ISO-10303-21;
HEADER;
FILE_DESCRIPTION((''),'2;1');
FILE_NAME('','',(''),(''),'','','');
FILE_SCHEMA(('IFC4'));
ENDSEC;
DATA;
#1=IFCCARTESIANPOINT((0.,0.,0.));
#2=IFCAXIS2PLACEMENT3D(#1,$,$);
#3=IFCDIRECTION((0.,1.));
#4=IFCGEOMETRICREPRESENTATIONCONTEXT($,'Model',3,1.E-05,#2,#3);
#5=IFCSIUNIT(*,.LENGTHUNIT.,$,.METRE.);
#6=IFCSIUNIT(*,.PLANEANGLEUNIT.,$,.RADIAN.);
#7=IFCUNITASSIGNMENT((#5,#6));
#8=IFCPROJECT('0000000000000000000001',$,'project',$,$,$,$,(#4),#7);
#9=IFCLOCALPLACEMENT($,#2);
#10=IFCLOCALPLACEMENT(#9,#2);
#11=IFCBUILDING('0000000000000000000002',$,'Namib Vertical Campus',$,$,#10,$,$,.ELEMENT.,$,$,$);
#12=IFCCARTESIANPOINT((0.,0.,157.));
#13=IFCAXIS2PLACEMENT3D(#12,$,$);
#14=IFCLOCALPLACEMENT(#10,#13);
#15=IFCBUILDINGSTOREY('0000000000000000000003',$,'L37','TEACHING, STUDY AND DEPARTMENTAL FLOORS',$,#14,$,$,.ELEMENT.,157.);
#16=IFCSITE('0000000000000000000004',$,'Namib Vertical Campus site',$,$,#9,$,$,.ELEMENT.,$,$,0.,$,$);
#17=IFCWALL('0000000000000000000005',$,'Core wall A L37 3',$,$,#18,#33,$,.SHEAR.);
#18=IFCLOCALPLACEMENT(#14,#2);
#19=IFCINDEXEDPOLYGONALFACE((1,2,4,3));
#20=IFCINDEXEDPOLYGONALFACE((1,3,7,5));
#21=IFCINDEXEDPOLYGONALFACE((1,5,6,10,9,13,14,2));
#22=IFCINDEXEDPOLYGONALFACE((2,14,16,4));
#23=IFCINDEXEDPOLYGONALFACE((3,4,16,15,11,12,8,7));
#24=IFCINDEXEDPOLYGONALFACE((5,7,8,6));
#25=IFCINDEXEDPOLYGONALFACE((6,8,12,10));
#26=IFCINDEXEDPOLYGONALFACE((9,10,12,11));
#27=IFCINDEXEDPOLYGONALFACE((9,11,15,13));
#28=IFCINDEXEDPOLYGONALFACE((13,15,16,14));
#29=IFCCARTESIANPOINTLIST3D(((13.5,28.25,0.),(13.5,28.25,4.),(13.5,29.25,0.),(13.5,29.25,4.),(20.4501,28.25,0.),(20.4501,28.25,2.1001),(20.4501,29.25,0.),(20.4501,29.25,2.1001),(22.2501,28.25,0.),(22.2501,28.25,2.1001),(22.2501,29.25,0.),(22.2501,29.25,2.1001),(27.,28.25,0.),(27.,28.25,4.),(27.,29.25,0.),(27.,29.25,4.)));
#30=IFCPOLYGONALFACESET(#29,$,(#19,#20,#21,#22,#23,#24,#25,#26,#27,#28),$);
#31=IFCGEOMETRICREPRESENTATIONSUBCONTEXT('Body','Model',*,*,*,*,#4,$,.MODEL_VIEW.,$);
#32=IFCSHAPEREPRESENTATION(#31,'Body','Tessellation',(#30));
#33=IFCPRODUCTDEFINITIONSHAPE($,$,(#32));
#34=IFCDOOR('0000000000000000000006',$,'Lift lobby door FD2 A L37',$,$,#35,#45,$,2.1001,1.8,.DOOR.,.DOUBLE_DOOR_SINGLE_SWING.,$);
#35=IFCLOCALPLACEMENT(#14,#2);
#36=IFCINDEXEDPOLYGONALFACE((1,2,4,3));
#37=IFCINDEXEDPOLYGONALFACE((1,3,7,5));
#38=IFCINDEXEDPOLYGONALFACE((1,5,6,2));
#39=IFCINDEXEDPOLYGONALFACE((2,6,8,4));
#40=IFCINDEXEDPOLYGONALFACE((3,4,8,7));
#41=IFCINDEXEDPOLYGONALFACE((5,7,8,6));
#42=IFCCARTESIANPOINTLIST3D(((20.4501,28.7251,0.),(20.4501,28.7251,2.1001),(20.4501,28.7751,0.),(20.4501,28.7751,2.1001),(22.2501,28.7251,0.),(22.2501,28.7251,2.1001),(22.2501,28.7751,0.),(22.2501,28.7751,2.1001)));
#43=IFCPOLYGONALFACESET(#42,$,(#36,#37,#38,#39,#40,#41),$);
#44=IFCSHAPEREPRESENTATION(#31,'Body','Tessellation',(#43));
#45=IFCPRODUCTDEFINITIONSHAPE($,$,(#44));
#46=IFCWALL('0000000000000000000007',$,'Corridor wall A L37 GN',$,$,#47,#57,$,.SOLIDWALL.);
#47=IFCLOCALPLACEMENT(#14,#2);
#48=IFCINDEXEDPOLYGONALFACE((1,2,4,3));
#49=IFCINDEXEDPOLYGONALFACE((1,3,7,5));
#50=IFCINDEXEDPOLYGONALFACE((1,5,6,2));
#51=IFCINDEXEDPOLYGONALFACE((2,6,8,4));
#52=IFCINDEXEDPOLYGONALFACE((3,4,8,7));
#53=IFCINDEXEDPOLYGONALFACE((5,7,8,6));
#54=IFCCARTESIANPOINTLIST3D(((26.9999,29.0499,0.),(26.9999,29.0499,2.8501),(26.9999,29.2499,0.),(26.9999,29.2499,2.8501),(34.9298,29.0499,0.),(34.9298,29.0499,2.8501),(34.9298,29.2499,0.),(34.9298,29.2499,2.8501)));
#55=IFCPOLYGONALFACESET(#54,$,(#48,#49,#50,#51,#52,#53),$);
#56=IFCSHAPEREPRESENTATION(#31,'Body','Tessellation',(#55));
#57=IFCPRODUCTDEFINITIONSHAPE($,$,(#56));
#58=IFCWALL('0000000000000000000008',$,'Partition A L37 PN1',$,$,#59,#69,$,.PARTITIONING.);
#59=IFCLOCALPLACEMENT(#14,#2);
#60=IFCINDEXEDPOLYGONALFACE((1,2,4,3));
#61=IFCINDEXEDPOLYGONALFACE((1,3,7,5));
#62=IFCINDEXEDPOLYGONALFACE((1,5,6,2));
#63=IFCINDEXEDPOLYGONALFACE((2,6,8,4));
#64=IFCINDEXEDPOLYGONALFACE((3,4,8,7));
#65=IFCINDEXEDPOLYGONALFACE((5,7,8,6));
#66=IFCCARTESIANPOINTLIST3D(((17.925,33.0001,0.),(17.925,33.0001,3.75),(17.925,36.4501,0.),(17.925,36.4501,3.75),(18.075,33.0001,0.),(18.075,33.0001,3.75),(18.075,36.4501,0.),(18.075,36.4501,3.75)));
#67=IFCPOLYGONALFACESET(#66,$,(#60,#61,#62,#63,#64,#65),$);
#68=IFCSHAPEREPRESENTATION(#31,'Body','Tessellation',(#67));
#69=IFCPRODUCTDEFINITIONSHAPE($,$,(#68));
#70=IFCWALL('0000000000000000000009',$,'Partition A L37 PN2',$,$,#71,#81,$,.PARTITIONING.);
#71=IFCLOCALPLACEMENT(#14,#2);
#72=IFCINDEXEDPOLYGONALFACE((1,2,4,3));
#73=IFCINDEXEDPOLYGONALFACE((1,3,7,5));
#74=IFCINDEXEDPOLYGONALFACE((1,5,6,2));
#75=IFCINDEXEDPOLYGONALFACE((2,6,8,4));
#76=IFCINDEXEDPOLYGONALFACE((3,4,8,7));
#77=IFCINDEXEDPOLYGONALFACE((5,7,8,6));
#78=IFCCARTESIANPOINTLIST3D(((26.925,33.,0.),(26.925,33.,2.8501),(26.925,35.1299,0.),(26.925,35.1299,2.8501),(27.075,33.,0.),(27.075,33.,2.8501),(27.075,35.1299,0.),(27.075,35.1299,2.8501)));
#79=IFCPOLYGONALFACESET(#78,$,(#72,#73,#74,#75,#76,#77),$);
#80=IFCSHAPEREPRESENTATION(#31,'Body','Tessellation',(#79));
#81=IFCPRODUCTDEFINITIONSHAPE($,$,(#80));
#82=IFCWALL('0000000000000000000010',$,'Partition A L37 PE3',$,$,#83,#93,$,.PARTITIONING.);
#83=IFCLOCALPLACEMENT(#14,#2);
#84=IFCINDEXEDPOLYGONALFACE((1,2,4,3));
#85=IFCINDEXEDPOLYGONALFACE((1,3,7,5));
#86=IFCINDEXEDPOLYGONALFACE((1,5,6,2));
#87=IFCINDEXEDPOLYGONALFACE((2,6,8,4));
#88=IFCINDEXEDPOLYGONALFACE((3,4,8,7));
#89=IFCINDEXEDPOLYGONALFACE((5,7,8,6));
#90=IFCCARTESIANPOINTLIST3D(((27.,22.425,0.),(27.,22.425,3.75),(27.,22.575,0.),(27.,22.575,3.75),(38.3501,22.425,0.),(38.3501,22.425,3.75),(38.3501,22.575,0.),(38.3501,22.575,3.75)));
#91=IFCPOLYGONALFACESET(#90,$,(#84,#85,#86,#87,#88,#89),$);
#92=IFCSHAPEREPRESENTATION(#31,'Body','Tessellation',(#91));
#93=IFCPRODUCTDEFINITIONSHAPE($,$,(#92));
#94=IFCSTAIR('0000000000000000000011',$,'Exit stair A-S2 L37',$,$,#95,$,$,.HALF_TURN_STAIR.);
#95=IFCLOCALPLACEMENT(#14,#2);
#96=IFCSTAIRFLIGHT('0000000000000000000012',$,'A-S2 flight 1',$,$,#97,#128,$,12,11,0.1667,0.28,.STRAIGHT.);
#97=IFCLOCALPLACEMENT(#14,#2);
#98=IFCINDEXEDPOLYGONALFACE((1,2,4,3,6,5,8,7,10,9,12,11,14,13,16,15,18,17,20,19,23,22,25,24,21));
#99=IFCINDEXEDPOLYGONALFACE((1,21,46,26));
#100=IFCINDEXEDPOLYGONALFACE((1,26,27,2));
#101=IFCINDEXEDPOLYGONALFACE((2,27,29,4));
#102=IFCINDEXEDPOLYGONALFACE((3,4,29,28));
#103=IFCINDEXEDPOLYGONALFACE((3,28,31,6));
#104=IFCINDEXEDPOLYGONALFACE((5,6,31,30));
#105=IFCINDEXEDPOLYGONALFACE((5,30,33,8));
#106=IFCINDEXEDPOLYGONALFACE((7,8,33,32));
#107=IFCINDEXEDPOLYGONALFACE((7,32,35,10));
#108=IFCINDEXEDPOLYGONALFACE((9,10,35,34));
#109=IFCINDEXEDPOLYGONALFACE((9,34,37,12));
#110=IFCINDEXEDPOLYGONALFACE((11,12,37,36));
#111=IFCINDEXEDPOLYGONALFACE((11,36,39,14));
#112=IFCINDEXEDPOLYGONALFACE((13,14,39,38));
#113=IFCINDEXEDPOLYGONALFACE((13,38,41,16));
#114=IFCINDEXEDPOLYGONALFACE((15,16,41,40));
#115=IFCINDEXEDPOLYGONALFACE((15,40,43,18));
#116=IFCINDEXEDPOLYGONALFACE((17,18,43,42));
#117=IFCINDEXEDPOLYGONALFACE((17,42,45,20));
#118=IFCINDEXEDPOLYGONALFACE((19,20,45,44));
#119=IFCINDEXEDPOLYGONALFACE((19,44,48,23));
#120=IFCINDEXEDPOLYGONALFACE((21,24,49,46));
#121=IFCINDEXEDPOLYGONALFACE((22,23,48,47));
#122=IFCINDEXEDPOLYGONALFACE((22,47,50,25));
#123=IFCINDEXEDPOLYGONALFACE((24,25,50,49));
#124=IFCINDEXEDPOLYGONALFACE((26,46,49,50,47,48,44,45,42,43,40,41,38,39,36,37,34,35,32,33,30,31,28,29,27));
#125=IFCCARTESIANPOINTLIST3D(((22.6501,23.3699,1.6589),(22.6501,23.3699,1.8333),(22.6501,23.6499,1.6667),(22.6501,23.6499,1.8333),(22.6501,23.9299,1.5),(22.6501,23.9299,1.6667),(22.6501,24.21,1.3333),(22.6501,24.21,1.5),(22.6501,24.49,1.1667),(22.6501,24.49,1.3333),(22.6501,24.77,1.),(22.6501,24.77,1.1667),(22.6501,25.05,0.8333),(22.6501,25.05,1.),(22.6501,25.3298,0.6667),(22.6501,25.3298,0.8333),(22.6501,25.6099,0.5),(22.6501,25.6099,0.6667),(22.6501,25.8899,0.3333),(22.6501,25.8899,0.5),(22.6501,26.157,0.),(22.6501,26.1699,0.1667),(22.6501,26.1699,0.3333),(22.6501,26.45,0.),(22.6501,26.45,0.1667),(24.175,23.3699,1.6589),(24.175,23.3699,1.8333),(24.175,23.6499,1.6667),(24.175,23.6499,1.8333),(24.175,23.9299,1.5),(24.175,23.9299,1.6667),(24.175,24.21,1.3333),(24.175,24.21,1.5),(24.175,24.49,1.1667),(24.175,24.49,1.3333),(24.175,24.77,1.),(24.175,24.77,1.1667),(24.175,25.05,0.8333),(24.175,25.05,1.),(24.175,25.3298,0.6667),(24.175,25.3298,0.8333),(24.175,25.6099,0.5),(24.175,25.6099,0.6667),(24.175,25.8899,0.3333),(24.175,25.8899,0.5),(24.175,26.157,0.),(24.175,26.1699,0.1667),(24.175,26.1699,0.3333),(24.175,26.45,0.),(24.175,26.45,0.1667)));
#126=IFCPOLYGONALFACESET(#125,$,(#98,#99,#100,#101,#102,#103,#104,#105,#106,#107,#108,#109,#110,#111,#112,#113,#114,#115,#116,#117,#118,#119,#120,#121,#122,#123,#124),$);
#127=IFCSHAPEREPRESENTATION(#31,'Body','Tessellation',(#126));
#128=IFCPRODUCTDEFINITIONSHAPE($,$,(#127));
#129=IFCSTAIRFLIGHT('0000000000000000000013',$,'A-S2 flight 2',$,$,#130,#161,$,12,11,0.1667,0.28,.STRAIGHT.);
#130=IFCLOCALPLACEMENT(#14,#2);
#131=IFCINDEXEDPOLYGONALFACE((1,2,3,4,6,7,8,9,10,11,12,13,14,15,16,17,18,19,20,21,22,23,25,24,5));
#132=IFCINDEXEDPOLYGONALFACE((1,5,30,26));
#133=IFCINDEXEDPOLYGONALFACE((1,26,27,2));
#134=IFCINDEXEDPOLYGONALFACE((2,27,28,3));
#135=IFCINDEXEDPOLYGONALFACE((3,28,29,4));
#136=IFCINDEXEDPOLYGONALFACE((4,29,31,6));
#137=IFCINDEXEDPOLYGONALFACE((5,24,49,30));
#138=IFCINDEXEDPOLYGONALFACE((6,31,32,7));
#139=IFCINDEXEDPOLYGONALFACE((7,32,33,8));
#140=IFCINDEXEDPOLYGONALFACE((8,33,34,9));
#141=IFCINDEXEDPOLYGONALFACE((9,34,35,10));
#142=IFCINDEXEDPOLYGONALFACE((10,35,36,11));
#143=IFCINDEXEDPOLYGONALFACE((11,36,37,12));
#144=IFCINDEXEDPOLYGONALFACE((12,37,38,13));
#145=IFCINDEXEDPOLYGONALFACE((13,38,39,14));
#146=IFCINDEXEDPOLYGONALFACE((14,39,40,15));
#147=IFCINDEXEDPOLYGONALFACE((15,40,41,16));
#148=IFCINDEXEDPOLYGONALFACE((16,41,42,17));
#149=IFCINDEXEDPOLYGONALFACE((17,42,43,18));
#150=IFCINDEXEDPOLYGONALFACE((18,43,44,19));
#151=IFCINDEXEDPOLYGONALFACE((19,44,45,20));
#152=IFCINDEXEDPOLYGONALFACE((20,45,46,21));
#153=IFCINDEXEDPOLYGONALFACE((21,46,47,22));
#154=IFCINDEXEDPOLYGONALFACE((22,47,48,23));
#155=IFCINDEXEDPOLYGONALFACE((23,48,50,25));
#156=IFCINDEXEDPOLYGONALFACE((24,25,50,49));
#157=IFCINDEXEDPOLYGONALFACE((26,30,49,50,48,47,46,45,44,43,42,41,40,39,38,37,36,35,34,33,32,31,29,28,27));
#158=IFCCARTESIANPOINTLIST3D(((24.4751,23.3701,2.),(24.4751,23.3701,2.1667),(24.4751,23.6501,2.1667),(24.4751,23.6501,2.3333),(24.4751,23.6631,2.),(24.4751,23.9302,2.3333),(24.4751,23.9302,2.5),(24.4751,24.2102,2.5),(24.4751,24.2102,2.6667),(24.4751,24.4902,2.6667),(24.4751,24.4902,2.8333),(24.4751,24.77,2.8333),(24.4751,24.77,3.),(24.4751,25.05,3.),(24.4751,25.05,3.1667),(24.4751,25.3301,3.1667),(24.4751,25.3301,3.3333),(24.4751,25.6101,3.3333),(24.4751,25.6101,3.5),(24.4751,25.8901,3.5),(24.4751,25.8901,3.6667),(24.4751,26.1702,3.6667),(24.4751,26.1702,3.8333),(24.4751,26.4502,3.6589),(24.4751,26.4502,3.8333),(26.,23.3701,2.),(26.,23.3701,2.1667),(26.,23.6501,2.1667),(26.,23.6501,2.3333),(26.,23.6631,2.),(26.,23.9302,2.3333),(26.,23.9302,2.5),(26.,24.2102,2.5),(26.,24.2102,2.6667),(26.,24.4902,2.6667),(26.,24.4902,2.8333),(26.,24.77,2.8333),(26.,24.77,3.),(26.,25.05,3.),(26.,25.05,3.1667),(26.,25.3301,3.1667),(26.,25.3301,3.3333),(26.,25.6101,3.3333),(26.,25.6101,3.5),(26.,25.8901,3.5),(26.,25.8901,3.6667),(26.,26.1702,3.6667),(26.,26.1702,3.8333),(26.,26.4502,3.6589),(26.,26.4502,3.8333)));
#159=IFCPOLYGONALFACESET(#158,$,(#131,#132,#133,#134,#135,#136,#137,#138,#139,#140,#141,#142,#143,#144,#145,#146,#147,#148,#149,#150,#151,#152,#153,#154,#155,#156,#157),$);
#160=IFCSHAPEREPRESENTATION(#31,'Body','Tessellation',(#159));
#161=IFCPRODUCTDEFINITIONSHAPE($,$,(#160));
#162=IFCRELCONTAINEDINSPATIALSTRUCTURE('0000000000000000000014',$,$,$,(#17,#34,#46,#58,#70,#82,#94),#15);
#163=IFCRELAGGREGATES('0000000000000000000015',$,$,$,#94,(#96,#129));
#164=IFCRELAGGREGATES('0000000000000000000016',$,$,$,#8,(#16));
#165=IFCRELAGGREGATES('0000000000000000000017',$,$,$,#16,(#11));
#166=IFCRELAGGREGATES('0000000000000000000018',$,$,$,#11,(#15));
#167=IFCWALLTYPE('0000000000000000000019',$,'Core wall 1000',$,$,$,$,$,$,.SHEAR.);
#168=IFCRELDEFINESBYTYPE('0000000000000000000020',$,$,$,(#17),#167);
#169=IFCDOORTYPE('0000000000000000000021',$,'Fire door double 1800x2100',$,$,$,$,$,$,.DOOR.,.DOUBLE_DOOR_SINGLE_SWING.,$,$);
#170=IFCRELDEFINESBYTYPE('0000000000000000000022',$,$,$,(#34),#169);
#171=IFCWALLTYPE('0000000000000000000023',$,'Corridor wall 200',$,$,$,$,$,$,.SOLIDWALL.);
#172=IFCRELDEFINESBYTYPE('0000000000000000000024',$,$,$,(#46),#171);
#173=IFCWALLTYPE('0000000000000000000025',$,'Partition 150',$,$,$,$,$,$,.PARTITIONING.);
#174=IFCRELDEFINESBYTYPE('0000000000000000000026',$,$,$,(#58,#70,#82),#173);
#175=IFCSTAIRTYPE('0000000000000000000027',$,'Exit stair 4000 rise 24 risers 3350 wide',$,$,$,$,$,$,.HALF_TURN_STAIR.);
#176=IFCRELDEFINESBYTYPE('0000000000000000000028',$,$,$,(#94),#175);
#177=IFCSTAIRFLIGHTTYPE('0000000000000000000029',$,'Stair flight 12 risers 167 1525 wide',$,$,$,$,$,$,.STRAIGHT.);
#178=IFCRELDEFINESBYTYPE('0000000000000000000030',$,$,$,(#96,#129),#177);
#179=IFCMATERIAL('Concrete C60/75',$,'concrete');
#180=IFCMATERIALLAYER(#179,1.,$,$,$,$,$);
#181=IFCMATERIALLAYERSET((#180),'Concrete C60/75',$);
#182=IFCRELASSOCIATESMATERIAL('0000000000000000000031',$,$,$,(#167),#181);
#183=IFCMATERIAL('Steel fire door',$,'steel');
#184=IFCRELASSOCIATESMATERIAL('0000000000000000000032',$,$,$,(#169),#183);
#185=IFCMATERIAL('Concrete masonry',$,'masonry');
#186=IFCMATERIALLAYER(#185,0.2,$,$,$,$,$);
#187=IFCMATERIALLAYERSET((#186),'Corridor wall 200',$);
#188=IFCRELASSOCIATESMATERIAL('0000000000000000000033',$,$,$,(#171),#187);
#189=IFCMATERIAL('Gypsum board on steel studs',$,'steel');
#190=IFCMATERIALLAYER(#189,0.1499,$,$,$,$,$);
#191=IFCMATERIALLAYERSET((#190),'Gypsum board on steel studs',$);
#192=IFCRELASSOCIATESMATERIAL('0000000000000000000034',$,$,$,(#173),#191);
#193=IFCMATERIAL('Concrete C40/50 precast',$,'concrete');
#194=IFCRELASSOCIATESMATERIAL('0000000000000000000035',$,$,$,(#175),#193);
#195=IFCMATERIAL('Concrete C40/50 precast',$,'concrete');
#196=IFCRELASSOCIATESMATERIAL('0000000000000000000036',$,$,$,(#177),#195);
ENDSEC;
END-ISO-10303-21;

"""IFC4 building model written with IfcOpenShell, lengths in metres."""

from ifc_helpers import new_model, si_unit, direction, frame, frame_2d, origin, place, context, subcontext, project, spatial, polyline, rectangle, outline, extrude, material, layer, layer_set, type_object, element, fill, aggregate, save


model = new_model("IFC4")

# Units and contexts
model_context = context("Model", 3, precision=1e-05, world=origin(), true_north=direction((0.0, 1.0)))
body_context = subcontext(model_context, "Body", "Model", "MODEL_VIEW")
ifc_project = project(units=[si_unit("LENGTHUNIT", "METRE"), si_unit("PLANEANGLEUNIT", "RADIAN")], contexts=[model_context])

# Site, building, storey
site_placement = place(None, origin())
site = spatial("IfcSite", under=ifc_project, at=site_placement, Name="Namib Vertical Campus site", CompositionType="ELEMENT", RefElevation=0.0)
building_placement = place(site_placement, origin())
building = spatial("IfcBuilding", under=site, at=building_placement, Name="Namib Vertical Campus", CompositionType="ELEMENT")
storey_placement = place(building_placement, frame((0.0, 0.0, 157.0)))
storey = spatial("IfcBuildingStorey", under=building, at=storey_placement, Name="L37", Description="TEACHING, STUDY AND DEPARTMENTAL FLOORS", CompositionType="ELEMENT", Elevation=157.0)

# Wall, opening, door
ifc_material_1 = material(Name="Concrete C60/75", Category="concrete")
ifc_layer_1 = layer(ifc_material_1, 1.0)
ifc_layer_set_1 = layer_set([ifc_layer_1], Name="Concrete C60/75")
wall_type_1 = type_object("IfcWallType", Name="Core wall 1000", PredefinedType="SHEAR", material=ifc_layer_set_1)
wall_1_placement = place(storey_placement, frame((27.0, 28.75, 0.0), z_axis=(0.0, 0.0, 1.0), x_axis=(-1.0, 0.0, 0.0)))
wall_1 = element("IfcWall", 1, at=wall_1_placement, inside=storey, type_object=wall_type_1, Name="Core wall A L37 3", PredefinedType="SHEAR", context=body_context, shape_type="SweptSolid", body=[
    extrude(rectangle(XDim=13.5, YDim=1.0, at=frame_2d((6.75, 0.0))), origin(), (0.0, 0.0, 1.0), 4.0),
])
opening_placement = place(wall_1_placement, frame((4.75, 0.0, 0.0)))
opening = element("IfcOpeningElement", 2, at=opening_placement, cuts=wall_1, PredefinedType="OPENING", context=body_context, shape_type="SweptSolid", body=[
    extrude(rectangle(XDim=1.8, YDim=2.1001, at=frame_2d((0.8999, 1.05))), frame((0.0, 0.51, 0.0), z_axis=(0.0, -1.0, 0.0), x_axis=(1.0, 0.0, 0.0)), (0.0, 0.0, 1.0), 1.02),
])
ifc_material_2 = material(Name="Steel fire door", Category="steel")
door_type = type_object("IfcDoorType", Name="Fire door double 1800x2100", OperationType="DOUBLE_DOOR_SINGLE_SWING", PredefinedType="DOOR", material=ifc_material_2)
door_placement = place(opening_placement, origin())
door = element("IfcDoor", 3, at=door_placement, inside=storey, type_object=door_type, Name="Lift lobby door FD2 A L37", OperationType="DOUBLE_DOOR_SINGLE_SWING", OverallHeight=2.1001, OverallWidth=1.8, PredefinedType="DOOR", context=body_context, shape_type="SweptSolid", body=[
    extrude(rectangle(XDim=1.8, YDim=2.1001, at=frame_2d((0.8999, 1.05))), frame((0.0, 0.0249, 0.0), z_axis=(0.0, -1.0, 0.0), x_axis=(1.0, 0.0, 0.0)), (0.0, 0.0, 1.0), 0.05),
])
fill(opening, door)

# Walls
ifc_material_3 = material(Name="Concrete masonry", Category="masonry")
ifc_layer_2 = layer(ifc_material_3, 0.2)
ifc_layer_set_2 = layer_set([ifc_layer_2], Name="Corridor wall 200")
wall_type_2 = type_object("IfcWallType", Name="Corridor wall 200", PredefinedType="SOLIDWALL", material=ifc_layer_set_2)
wall_2_placement = place(storey_placement, frame((27.0, 29.1499, 0.0), z_axis=(0.0, 0.0, 1.0), x_axis=(1.0, 0.0, 0.0)))
element("IfcWall", 4, at=wall_2_placement, inside=storey, type_object=wall_type_2, Name="Corridor wall A L37 GN", PredefinedType="SOLIDWALL", context=body_context, shape_type="SweptSolid", body=[
    extrude(rectangle(XDim=7.9299, YDim=0.2, at=frame_2d((3.9648, 0.0))), origin(), (0.0, 0.0, 1.0), 2.8501),
])
ifc_material_4 = material(Name="Gypsum board on steel studs", Category="steel")
ifc_layer_3 = layer(ifc_material_4, 0.1499)
ifc_layer_set_3 = layer_set([ifc_layer_3], Name="Gypsum board on steel studs")
wall_type_3 = type_object("IfcWallType", Name="Partition 150", PredefinedType="PARTITIONING", material=ifc_layer_set_3)
wall_3_placement = place(storey_placement, frame((18.0, 33.0, 0.0), z_axis=(0.0, 0.0, 1.0), x_axis=(0.0, 1.0, 0.0)))
element("IfcWall", 5, at=wall_3_placement, inside=storey, type_object=wall_type_3, Name="Partition A L37 PN1", PredefinedType="PARTITIONING", context=body_context, shape_type="SweptSolid", body=[
    extrude(rectangle(XDim=3.45, YDim=0.1499, at=frame_2d((1.7251, 0.0))), origin(), (0.0, 0.0, 1.0), 3.75),
])
wall_4_placement = place(storey_placement, frame((27.0, 33.0, 0.0), z_axis=(0.0, 0.0, 1.0), x_axis=(0.0, 1.0, 0.0)))
element("IfcWall", 6, at=wall_4_placement, inside=storey, type_object=wall_type_3, Name="Partition A L37 PN2", PredefinedType="PARTITIONING", context=body_context, shape_type="SweptSolid", body=[
    extrude(rectangle(XDim=2.1299, YDim=0.1499, at=frame_2d((1.0649, 0.0))), origin(), (0.0, 0.0, 1.0), 2.8501),
])
wall_5_placement = place(storey_placement, frame((27.0, 22.5, 0.0), z_axis=(0.0, 0.0, 1.0), x_axis=(1.0, 0.0, 0.0)))
element("IfcWall", 7, at=wall_5_placement, inside=storey, type_object=wall_type_3, Name="Partition A L37 PE3", PredefinedType="PARTITIONING", context=body_context, shape_type="SweptSolid", body=[
    extrude(rectangle(XDim=11.3501, YDim=0.1499, at=frame_2d((5.675, 0.0))), origin(), (0.0, 0.0, 1.0), 3.75),
])

# Stair, stair flights
ifc_material_5 = material(Name="Concrete C40/50 precast", Category="concrete")
stair_type = type_object("IfcStairType", Name="Exit stair 4000 rise 24 risers 3350 wide", PredefinedType="HALF_TURN_STAIR", material=ifc_material_5)
stair_placement = place(storey_placement, origin())
stair = element("IfcStair", 8, at=stair_placement, inside=storey, type_object=stair_type, Name="Exit stair A-S2 L37", PredefinedType="HALF_TURN_STAIR")
ifc_material_6 = material(Name="Concrete C40/50 precast", Category="concrete")
stair_flight_type = type_object("IfcStairFlightType", Name="Stair flight 12 risers 167 1525 wide", PredefinedType="STRAIGHT", material=ifc_material_6)
stair_flight_1_placement = place(storey_placement, frame((23.4126, 26.45, 0.0), z_axis=(0.0, 0.0, 1.0), x_axis=(0.0, -1.0, 0.0)))
stair_flight_1 = element("IfcStairFlight", 9, at=stair_flight_1_placement, type_object=stair_flight_type, Name="A-S2 flight 1", NumberOfRisers=12, NumberOfTreads=11, PredefinedType="STRAIGHT", RiserHeight=0.1667, TreadLength=0.28, context=body_context, shape_type="SweptSolid", body=[
    extrude(outline(polyline([(0.0, 0.0), (0.0, 0.1667), (0.28, 0.1667), (0.28, 0.3333), (0.5601, 0.3333), (0.5601, 0.5), (0.8401, 0.5), (0.8401, 0.6667), (1.1201, 0.6667), (1.1201, 0.8333), (1.3999, 0.8333), (1.3999, 1.0), (1.6799, 1.0), (1.6799, 1.1667), (1.96, 1.1667), (1.96, 1.3333), (2.24, 1.3333), (2.24, 1.5), (2.52, 1.5), (2.52, 1.6667), (2.8, 1.6667), (2.8, 1.8333), (3.0801, 1.8333), (3.0801, 2.0), (3.0801, 1.6589), (0.293, 0.0), (0.0, 0.0)])), frame((0.0, 0.7625, 0.0), z_axis=(0.0, -1.0, 0.0), x_axis=(1.0, 0.0, 0.0)), (0.0, 0.0, 1.0), 1.5249),
])
stair_flight_2_placement = place(storey_placement, frame((25.2375, 23.3701, 2.0), z_axis=(0.0, 0.0, 1.0), x_axis=(0.0, 1.0, 0.0)))
stair_flight_2 = element("IfcStairFlight", 10, at=stair_flight_2_placement, type_object=stair_flight_type, Name="A-S2 flight 2", NumberOfRisers=12, NumberOfTreads=11, PredefinedType="STRAIGHT", RiserHeight=0.1667, TreadLength=0.28, context=body_context, shape_type="SweptSolid", body=[
    extrude(outline(polyline([(0.0, 0.0), (0.0, 0.1667), (0.28, 0.1667), (0.28, 0.3333), (0.5601, 0.3333), (0.5601, 0.5), (0.8401, 0.5), (0.8401, 0.6667), (1.1201, 0.6667), (1.1201, 0.8333), (1.3999, 0.8333), (1.3999, 1.0), (1.6799, 1.0), (1.6799, 1.1667), (1.96, 1.1667), (1.96, 1.3333), (2.24, 1.3333), (2.24, 1.5), (2.52, 1.5), (2.52, 1.6667), (2.8, 1.6667), (2.8, 1.8333), (3.0801, 1.8333), (3.0801, 2.0), (3.0801, 1.6589), (0.293, 0.0), (0.0, 0.0)])), frame((0.0, 0.7625, 0.0), z_axis=(0.0, -1.0, 0.0), x_axis=(1.0, 0.0, 0.0)), (0.0, 0.0, 1.0), 1.5249),
])
aggregate(stair, [stair_flight_1, stair_flight_2])

save(model, "model.ifc")
